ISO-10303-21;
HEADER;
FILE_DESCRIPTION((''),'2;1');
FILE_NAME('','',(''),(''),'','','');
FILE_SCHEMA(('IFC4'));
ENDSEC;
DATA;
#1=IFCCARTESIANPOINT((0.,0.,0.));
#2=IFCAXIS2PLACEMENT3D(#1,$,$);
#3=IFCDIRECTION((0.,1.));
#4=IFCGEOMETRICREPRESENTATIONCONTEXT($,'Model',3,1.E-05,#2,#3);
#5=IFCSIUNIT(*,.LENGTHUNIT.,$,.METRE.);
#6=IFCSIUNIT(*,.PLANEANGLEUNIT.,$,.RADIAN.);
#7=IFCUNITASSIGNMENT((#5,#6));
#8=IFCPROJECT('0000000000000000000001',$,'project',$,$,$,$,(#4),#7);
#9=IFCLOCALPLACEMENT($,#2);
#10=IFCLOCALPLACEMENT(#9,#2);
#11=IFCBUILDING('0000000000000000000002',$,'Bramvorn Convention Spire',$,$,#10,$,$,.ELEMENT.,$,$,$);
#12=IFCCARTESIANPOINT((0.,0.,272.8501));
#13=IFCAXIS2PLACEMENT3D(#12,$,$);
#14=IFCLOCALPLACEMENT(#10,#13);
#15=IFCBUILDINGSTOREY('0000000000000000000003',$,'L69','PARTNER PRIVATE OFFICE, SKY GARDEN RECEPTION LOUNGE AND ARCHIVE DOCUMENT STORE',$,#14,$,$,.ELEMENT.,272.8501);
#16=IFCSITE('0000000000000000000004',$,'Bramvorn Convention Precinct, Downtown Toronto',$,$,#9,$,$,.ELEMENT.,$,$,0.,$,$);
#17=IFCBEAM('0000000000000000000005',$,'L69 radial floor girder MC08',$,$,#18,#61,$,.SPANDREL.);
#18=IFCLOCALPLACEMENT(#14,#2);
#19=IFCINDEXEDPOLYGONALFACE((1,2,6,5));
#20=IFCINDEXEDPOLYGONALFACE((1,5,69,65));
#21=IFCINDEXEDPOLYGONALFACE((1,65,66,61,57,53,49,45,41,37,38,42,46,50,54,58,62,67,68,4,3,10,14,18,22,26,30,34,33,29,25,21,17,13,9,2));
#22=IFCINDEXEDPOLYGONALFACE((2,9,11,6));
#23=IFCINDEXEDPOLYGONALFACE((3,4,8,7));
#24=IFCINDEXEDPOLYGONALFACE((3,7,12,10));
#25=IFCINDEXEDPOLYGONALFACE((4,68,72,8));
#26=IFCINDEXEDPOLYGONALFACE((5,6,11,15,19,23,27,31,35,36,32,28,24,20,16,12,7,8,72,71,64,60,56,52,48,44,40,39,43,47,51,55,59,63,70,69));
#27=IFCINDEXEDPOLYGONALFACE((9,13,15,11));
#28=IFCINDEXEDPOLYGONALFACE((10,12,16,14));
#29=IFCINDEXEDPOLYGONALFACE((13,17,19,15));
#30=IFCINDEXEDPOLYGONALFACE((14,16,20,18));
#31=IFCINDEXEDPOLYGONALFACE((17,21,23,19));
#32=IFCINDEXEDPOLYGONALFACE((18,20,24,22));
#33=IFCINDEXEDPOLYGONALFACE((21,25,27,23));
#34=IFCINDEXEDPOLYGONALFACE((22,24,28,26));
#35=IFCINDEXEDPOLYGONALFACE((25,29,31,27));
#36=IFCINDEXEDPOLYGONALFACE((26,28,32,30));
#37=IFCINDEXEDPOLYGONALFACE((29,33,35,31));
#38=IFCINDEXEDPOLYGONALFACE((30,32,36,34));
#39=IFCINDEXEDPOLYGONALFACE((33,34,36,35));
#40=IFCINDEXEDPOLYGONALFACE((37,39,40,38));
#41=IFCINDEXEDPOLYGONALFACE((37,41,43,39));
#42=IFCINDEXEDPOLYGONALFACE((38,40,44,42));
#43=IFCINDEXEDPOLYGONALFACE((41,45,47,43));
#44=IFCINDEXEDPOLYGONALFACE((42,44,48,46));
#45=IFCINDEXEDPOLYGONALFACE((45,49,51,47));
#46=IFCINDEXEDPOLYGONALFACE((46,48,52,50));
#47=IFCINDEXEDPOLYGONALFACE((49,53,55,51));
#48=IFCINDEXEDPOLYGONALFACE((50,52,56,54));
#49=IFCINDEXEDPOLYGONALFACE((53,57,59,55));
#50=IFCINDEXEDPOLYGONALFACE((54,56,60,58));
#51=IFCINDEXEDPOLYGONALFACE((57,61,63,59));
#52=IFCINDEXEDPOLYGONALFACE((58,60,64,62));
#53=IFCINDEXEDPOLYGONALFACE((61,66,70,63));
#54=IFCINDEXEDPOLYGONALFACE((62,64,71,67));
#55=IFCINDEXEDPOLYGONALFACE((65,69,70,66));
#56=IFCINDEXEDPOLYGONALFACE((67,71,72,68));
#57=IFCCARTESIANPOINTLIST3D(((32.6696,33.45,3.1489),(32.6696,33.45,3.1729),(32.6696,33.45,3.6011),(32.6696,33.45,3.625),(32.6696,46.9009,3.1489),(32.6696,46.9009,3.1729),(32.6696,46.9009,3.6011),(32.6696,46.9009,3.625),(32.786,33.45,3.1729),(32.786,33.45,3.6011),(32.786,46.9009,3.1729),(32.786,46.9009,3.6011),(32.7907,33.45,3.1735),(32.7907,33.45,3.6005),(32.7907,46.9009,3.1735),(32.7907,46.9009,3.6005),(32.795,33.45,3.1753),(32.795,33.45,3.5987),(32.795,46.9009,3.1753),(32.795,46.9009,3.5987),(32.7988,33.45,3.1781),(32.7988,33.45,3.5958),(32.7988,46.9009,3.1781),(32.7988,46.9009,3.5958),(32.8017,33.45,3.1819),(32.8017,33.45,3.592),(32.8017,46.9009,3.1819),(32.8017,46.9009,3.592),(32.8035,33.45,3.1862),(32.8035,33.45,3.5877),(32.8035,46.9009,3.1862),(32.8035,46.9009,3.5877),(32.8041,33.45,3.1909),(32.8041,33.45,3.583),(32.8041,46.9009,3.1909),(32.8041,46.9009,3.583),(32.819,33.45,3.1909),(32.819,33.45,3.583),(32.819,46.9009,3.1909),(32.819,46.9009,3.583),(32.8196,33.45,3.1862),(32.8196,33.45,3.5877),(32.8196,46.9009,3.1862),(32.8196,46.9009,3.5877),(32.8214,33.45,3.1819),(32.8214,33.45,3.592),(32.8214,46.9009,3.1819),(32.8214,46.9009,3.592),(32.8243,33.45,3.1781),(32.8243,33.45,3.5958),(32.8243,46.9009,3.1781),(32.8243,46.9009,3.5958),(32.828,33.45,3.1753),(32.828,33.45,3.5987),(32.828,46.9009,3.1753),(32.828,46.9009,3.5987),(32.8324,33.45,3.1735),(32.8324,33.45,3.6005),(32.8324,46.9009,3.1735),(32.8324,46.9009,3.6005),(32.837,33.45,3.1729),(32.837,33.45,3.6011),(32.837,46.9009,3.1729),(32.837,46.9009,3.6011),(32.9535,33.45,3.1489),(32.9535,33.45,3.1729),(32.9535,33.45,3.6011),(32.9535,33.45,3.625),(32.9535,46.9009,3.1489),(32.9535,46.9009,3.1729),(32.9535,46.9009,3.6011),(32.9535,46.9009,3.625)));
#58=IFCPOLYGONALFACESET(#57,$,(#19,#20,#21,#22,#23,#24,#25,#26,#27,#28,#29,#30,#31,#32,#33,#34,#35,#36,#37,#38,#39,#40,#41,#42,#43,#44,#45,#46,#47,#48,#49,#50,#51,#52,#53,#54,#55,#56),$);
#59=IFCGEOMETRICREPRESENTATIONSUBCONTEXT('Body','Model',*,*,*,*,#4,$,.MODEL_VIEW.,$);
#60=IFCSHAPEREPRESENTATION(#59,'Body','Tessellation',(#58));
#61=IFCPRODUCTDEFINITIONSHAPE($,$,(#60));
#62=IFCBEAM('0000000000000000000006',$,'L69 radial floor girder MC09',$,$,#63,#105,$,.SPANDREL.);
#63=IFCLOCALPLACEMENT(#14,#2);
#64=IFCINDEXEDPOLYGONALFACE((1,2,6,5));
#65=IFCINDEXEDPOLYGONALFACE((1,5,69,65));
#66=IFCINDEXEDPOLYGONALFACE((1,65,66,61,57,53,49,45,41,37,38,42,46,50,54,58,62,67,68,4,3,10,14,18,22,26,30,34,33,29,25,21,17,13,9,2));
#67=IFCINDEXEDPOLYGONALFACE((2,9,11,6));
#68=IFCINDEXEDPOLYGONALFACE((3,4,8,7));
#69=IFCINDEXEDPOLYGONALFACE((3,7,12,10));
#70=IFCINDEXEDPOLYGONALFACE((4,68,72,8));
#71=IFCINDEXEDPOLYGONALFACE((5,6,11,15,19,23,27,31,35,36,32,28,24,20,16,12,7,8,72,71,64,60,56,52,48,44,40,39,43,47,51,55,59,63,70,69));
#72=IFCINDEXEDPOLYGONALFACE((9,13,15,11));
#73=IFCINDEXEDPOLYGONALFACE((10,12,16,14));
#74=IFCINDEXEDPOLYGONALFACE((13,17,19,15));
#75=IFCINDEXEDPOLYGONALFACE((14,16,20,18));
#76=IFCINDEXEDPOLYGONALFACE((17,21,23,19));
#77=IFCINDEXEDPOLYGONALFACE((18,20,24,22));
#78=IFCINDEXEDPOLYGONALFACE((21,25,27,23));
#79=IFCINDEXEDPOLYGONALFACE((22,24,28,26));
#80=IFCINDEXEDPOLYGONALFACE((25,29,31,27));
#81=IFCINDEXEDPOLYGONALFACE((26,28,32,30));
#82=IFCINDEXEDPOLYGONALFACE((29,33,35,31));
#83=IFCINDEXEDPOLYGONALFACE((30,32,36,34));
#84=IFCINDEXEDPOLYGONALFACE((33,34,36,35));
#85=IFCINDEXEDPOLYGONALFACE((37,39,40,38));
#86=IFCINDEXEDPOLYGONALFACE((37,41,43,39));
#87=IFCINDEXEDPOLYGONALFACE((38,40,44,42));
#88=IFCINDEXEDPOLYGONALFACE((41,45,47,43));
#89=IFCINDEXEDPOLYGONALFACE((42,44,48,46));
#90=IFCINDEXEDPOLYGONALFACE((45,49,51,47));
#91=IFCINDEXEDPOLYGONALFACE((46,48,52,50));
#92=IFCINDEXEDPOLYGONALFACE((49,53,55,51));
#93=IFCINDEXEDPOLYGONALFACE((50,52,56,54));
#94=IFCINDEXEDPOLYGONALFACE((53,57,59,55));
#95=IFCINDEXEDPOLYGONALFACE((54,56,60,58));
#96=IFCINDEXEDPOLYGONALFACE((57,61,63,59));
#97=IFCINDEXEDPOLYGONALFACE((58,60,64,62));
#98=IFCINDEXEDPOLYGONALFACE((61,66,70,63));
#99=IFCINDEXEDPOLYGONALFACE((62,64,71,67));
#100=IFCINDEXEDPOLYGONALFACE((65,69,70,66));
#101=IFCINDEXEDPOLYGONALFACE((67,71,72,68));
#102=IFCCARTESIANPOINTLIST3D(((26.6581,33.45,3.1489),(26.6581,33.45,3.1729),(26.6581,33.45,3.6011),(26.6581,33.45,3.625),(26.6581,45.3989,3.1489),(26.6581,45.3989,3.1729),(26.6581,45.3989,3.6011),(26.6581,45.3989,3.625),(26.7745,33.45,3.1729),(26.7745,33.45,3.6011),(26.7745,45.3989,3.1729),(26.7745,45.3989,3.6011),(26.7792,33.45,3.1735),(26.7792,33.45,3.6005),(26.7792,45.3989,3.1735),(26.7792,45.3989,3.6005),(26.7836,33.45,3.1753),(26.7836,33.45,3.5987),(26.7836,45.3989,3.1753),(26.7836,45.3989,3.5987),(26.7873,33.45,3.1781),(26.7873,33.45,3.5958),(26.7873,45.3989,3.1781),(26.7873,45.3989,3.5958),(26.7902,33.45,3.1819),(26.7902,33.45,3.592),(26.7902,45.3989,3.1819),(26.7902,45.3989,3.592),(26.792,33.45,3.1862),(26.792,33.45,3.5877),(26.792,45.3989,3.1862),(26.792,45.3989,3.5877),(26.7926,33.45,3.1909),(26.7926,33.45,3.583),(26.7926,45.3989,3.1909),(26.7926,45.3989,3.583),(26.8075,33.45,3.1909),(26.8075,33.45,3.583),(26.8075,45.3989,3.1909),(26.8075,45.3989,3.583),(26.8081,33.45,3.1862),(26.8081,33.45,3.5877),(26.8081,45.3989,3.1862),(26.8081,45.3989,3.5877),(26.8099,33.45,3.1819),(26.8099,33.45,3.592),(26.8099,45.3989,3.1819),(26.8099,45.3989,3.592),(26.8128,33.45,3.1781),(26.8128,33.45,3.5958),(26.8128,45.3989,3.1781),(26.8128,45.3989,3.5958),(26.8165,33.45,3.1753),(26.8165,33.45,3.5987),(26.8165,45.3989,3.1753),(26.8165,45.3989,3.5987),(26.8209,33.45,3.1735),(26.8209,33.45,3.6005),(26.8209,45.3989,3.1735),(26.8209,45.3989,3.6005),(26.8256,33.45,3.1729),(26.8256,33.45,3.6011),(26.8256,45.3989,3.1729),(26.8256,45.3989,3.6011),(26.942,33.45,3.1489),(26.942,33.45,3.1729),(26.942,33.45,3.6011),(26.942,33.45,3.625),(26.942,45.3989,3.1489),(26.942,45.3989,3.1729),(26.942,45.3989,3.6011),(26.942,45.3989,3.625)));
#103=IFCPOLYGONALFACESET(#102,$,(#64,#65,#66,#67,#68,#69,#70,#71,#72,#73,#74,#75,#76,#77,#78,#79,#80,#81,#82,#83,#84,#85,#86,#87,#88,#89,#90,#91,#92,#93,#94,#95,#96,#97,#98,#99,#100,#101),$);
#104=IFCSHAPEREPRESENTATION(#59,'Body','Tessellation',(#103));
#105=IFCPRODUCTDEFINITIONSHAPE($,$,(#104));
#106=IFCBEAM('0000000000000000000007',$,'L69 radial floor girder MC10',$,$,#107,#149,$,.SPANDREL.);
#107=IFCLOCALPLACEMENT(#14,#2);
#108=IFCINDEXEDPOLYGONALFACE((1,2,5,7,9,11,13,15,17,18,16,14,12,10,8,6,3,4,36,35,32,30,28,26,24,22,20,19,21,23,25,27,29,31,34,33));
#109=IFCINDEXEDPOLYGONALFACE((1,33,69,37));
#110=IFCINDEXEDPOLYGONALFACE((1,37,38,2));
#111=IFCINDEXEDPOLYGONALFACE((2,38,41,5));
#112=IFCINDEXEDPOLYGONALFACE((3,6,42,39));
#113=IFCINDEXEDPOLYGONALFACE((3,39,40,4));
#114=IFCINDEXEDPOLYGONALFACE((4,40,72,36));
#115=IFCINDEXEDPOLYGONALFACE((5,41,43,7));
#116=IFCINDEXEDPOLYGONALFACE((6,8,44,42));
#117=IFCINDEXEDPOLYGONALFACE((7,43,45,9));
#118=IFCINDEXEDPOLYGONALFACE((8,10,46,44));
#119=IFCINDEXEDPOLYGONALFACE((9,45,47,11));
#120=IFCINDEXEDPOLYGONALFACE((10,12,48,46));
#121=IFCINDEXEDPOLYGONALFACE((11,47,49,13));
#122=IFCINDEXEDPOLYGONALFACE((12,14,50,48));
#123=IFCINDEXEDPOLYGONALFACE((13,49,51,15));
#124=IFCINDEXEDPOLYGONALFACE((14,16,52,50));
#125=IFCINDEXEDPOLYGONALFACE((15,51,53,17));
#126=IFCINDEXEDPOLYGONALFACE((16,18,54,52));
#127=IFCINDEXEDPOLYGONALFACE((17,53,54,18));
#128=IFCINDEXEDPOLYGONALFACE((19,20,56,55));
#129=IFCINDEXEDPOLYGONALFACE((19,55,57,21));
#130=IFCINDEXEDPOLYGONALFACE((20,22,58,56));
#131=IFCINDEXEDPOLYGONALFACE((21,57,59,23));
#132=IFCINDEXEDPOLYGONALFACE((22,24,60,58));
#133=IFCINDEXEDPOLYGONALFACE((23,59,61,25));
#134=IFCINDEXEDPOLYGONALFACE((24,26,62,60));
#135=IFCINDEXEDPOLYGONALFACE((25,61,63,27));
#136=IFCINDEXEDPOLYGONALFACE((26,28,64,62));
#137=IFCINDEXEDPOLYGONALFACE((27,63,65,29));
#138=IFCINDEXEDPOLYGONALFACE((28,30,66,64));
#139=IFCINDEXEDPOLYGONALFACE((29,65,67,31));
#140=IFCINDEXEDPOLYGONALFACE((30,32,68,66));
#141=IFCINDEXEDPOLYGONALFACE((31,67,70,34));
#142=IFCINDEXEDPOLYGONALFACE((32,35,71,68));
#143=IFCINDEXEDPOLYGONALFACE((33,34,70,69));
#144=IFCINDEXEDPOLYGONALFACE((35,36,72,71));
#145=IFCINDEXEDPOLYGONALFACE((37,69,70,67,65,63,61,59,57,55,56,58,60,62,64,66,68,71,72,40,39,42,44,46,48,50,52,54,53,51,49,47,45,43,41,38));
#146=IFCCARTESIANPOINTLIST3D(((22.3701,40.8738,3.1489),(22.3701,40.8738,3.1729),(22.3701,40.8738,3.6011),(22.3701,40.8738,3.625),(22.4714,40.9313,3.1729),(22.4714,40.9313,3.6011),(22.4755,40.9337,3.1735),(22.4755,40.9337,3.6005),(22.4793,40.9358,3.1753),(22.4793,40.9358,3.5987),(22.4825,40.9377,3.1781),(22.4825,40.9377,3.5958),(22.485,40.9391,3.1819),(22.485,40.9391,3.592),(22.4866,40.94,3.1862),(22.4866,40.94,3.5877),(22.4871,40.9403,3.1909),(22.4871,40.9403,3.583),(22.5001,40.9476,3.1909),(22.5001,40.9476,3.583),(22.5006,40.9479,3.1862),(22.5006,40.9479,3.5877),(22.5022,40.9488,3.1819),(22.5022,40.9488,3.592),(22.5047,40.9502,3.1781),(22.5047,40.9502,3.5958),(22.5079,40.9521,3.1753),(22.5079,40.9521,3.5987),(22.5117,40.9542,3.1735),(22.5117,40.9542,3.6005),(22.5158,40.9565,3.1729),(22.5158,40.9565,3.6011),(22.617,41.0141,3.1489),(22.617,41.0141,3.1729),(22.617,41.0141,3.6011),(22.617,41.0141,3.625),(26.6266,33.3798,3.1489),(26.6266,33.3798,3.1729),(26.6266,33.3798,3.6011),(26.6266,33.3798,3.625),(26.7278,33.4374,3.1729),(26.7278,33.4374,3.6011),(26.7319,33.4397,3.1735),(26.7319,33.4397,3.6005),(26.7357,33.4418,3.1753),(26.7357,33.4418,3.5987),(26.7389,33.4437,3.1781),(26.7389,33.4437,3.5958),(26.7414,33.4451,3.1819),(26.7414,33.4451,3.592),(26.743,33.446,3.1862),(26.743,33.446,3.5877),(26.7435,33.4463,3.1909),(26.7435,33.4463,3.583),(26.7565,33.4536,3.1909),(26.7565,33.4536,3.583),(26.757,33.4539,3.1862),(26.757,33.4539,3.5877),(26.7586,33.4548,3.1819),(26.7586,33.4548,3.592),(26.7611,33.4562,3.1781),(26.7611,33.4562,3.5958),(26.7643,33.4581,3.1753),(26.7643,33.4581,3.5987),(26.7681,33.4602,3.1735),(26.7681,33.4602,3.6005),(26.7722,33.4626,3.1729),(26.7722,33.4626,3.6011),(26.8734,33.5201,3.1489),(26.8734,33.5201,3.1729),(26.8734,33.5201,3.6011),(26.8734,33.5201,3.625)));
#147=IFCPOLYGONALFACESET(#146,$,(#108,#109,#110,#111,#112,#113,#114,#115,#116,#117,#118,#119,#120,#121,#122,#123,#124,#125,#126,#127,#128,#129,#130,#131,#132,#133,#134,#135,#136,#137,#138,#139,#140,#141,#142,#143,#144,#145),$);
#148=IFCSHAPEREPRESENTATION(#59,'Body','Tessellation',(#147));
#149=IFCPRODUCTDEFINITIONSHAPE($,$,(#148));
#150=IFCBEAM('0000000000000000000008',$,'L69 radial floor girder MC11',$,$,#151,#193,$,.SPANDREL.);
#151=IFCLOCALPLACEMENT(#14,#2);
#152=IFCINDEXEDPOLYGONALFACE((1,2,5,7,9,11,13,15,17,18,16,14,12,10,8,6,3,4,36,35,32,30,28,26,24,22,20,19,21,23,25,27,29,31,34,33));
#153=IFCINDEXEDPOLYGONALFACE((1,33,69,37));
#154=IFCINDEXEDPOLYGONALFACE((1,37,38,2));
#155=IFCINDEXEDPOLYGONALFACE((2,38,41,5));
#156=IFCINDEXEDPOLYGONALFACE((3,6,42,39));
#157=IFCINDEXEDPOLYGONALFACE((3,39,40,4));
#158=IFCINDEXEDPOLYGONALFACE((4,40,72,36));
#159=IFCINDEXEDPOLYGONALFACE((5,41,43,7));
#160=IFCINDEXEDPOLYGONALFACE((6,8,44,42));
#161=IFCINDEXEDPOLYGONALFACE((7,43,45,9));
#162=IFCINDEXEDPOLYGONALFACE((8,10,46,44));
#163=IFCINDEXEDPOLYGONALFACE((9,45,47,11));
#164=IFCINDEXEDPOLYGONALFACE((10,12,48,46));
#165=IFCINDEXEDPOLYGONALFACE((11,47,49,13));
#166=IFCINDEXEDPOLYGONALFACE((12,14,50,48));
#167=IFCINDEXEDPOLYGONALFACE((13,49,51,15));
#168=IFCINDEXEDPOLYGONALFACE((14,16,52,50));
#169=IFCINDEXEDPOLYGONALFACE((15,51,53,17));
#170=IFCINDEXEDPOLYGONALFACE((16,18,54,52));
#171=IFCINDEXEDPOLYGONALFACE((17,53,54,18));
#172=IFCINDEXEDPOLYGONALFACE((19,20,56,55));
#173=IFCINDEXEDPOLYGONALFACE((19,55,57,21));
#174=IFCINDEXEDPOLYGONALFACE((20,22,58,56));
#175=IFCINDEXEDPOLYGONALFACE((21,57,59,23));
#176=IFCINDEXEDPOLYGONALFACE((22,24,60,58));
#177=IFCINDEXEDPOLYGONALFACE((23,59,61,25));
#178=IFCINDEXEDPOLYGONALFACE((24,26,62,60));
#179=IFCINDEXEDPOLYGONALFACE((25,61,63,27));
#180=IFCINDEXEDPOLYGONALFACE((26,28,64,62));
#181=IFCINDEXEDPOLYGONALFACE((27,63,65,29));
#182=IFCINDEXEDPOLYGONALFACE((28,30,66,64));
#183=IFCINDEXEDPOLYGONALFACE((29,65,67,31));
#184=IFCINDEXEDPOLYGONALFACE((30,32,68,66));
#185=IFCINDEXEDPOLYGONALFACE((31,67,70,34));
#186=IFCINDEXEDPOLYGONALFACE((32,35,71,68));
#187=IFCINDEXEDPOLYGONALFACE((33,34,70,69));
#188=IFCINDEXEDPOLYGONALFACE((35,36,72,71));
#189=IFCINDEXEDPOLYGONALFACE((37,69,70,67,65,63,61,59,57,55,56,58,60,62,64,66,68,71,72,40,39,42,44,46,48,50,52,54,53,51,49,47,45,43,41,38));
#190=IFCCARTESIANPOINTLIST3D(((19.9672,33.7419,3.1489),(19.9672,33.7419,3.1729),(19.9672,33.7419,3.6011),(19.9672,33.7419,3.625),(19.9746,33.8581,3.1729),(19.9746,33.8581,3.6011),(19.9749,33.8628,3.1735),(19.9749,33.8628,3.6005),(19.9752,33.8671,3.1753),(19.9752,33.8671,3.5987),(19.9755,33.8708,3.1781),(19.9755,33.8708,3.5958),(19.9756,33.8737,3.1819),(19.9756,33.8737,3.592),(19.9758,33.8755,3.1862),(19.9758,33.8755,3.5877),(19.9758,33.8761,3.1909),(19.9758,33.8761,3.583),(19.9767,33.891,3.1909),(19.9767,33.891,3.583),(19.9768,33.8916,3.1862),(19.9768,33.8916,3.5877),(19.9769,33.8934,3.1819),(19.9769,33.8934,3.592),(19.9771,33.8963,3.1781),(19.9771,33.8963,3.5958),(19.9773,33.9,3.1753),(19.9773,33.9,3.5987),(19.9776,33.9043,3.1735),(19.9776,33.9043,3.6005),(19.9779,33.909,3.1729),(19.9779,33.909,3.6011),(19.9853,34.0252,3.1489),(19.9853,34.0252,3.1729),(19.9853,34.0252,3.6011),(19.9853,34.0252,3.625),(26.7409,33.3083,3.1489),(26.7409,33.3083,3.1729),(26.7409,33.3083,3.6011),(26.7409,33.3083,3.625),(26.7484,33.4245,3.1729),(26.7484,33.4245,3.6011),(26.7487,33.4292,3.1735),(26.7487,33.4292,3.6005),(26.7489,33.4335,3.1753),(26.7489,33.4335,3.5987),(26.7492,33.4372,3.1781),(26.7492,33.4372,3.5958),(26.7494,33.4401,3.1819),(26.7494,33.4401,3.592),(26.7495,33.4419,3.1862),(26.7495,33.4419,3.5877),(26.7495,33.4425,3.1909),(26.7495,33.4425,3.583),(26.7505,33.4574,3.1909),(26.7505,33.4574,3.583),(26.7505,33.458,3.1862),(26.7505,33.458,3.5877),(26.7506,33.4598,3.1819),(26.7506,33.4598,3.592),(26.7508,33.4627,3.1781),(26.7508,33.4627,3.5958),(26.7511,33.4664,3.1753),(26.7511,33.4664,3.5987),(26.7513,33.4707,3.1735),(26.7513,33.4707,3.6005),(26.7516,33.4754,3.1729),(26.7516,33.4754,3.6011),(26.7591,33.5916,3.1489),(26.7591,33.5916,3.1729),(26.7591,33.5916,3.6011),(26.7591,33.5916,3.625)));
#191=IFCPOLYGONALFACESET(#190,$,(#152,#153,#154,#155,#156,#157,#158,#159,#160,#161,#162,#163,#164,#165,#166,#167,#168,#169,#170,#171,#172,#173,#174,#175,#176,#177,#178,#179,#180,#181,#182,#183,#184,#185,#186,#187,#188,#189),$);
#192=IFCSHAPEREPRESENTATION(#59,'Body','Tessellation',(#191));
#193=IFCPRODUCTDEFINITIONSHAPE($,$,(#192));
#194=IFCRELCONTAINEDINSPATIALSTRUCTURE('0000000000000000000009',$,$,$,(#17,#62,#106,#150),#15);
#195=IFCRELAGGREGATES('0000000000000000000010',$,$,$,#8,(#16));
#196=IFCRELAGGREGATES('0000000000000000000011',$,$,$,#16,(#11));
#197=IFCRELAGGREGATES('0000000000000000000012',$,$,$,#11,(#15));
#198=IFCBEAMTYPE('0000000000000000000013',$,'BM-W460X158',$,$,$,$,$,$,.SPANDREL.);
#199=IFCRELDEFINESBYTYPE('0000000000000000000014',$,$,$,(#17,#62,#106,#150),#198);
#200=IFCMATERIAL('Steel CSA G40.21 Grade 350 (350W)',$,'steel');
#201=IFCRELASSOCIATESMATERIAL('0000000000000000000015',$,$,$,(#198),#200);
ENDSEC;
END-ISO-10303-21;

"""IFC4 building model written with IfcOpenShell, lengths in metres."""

from ifc_helpers import new_model, si_unit, direction, frame, origin, origin_2d, place, context, subcontext, project, spatial, i_section, extrude, material, material_profile, profile_set, type_object, element, save


model = new_model("IFC4")

# Units and contexts
model_context = context("Model", 3, precision=1e-05, world=origin(), true_north=direction((0.0, 1.0)))
body_context = subcontext(model_context, "Body", "Model", "MODEL_VIEW")
ifc_project = project(units=[si_unit("LENGTHUNIT", "METRE"), si_unit("PLANEANGLEUNIT", "RADIAN")], contexts=[model_context])

# Site, building, storey
site_placement = place(None, origin())
site = spatial("IfcSite", under=ifc_project, at=site_placement, Name="Bramvorn Convention Precinct, Downtown Toronto", CompositionType="ELEMENT", RefElevation=0.0)
building_placement = place(site_placement, origin())
building = spatial("IfcBuilding", under=site, at=building_placement, Name="Bramvorn Convention Spire", CompositionType="ELEMENT")
storey_placement = place(building_placement, frame((0.0, 0.0, 272.8501)))
storey = spatial("IfcBuildingStorey", under=building, at=storey_placement, Name="L69", Description="PARTNER PRIVATE OFFICE, SKY GARDEN RECEPTION LOUNGE AND ARCHIVE DOCUMENT STORE", CompositionType="ELEMENT", Elevation=272.8501)

# Shared definitions
ifc_material_1 = material(Name="Steel CSA G40.21 Grade 350 (350W)", Category="steel")

# Beams
ifc_material_profile_1 = material_profile(ifc_material_1, i_section(OverallWidth=0.2839, OverallDepth=0.4761, WebThickness=0.0149, FlangeThickness=0.0239, FilletRadius=0.0181, at=origin_2d()))
ifc_profile_set_1 = profile_set([ifc_material_profile_1], Name="Steel CSA G40.21 Grade 350 (350W) - W460X158")
beam_type_1 = type_object("IfcBeamType", Name="BM-W460X158", PredefinedType="SPANDREL", material=ifc_profile_set_1)
beam_1_placement = place(storey_placement, frame((32.8115, 33.45, 3.387), z_axis=(0.0, 1.0, 0.0), x_axis=(-1.0, 0.0, 0.0)))
element("IfcBeam", 1, at=beam_1_placement, inside=storey, type_object=beam_type_1, Name="L69 radial floor girder MC08", PredefinedType="SPANDREL", context=body_context, shape_type="SweptSolid", body=[
    extrude(i_section(OverallWidth=0.2839, OverallDepth=0.4761, WebThickness=0.0149, FlangeThickness=0.0239, FilletRadius=0.0181, at=origin_2d()), origin(), (0.0, 0.0, 1.0), 13.4509),
])
beam_2_placement = place(storey_placement, frame((26.8, 33.45, 3.387), z_axis=(0.0, 1.0, 0.0), x_axis=(-1.0, 0.0, 0.0)))
element("IfcBeam", 2, at=beam_2_placement, inside=storey, type_object=beam_type_1, Name="L69 radial floor girder MC09", PredefinedType="SPANDREL", context=body_context, shape_type="SweptSolid", body=[
    extrude(i_section(OverallWidth=0.2839, OverallDepth=0.4761, WebThickness=0.0149, FlangeThickness=0.0239, FilletRadius=0.0181, at=origin_2d()), origin(), (0.0, 0.0, 1.0), 11.949),
])
beam_3_placement = place(storey_placement, frame((26.75, 33.45, 3.387), z_axis=(-0.493874, 0.869534, 0.0), x_axis=(-0.869534, -0.493874, 0.0)))
element("IfcBeam", 3, at=beam_3_placement, inside=storey, type_object=beam_type_1, Name="L69 radial floor girder MC10", PredefinedType="SPANDREL", context=body_context, shape_type="SweptSolid", body=[
    extrude(i_section(OverallWidth=0.2839, OverallDepth=0.4761, WebThickness=0.0149, FlangeThickness=0.0239, FilletRadius=0.0181, at=origin_2d()), origin(), (0.0, 0.0, 1.0), 8.6184),
])
beam_4_placement = place(storey_placement, frame((26.75, 33.45, 3.387), z_axis=(-0.997958, 0.063881, 0.0), x_axis=(-0.063881, -0.997958, 0.0)))
element("IfcBeam", 4, at=beam_4_placement, inside=storey, type_object=beam_type_1, Name="L69 radial floor girder MC11", PredefinedType="SPANDREL", context=body_context, shape_type="SweptSolid", body=[
    extrude(i_section(OverallWidth=0.2839, OverallDepth=0.4761, WebThickness=0.0149, FlangeThickness=0.0239, FilletRadius=0.0181, at=origin_2d()), origin(), (0.0, 0.0, 1.0), 6.7876),
])

save(model, "model.ifc")
